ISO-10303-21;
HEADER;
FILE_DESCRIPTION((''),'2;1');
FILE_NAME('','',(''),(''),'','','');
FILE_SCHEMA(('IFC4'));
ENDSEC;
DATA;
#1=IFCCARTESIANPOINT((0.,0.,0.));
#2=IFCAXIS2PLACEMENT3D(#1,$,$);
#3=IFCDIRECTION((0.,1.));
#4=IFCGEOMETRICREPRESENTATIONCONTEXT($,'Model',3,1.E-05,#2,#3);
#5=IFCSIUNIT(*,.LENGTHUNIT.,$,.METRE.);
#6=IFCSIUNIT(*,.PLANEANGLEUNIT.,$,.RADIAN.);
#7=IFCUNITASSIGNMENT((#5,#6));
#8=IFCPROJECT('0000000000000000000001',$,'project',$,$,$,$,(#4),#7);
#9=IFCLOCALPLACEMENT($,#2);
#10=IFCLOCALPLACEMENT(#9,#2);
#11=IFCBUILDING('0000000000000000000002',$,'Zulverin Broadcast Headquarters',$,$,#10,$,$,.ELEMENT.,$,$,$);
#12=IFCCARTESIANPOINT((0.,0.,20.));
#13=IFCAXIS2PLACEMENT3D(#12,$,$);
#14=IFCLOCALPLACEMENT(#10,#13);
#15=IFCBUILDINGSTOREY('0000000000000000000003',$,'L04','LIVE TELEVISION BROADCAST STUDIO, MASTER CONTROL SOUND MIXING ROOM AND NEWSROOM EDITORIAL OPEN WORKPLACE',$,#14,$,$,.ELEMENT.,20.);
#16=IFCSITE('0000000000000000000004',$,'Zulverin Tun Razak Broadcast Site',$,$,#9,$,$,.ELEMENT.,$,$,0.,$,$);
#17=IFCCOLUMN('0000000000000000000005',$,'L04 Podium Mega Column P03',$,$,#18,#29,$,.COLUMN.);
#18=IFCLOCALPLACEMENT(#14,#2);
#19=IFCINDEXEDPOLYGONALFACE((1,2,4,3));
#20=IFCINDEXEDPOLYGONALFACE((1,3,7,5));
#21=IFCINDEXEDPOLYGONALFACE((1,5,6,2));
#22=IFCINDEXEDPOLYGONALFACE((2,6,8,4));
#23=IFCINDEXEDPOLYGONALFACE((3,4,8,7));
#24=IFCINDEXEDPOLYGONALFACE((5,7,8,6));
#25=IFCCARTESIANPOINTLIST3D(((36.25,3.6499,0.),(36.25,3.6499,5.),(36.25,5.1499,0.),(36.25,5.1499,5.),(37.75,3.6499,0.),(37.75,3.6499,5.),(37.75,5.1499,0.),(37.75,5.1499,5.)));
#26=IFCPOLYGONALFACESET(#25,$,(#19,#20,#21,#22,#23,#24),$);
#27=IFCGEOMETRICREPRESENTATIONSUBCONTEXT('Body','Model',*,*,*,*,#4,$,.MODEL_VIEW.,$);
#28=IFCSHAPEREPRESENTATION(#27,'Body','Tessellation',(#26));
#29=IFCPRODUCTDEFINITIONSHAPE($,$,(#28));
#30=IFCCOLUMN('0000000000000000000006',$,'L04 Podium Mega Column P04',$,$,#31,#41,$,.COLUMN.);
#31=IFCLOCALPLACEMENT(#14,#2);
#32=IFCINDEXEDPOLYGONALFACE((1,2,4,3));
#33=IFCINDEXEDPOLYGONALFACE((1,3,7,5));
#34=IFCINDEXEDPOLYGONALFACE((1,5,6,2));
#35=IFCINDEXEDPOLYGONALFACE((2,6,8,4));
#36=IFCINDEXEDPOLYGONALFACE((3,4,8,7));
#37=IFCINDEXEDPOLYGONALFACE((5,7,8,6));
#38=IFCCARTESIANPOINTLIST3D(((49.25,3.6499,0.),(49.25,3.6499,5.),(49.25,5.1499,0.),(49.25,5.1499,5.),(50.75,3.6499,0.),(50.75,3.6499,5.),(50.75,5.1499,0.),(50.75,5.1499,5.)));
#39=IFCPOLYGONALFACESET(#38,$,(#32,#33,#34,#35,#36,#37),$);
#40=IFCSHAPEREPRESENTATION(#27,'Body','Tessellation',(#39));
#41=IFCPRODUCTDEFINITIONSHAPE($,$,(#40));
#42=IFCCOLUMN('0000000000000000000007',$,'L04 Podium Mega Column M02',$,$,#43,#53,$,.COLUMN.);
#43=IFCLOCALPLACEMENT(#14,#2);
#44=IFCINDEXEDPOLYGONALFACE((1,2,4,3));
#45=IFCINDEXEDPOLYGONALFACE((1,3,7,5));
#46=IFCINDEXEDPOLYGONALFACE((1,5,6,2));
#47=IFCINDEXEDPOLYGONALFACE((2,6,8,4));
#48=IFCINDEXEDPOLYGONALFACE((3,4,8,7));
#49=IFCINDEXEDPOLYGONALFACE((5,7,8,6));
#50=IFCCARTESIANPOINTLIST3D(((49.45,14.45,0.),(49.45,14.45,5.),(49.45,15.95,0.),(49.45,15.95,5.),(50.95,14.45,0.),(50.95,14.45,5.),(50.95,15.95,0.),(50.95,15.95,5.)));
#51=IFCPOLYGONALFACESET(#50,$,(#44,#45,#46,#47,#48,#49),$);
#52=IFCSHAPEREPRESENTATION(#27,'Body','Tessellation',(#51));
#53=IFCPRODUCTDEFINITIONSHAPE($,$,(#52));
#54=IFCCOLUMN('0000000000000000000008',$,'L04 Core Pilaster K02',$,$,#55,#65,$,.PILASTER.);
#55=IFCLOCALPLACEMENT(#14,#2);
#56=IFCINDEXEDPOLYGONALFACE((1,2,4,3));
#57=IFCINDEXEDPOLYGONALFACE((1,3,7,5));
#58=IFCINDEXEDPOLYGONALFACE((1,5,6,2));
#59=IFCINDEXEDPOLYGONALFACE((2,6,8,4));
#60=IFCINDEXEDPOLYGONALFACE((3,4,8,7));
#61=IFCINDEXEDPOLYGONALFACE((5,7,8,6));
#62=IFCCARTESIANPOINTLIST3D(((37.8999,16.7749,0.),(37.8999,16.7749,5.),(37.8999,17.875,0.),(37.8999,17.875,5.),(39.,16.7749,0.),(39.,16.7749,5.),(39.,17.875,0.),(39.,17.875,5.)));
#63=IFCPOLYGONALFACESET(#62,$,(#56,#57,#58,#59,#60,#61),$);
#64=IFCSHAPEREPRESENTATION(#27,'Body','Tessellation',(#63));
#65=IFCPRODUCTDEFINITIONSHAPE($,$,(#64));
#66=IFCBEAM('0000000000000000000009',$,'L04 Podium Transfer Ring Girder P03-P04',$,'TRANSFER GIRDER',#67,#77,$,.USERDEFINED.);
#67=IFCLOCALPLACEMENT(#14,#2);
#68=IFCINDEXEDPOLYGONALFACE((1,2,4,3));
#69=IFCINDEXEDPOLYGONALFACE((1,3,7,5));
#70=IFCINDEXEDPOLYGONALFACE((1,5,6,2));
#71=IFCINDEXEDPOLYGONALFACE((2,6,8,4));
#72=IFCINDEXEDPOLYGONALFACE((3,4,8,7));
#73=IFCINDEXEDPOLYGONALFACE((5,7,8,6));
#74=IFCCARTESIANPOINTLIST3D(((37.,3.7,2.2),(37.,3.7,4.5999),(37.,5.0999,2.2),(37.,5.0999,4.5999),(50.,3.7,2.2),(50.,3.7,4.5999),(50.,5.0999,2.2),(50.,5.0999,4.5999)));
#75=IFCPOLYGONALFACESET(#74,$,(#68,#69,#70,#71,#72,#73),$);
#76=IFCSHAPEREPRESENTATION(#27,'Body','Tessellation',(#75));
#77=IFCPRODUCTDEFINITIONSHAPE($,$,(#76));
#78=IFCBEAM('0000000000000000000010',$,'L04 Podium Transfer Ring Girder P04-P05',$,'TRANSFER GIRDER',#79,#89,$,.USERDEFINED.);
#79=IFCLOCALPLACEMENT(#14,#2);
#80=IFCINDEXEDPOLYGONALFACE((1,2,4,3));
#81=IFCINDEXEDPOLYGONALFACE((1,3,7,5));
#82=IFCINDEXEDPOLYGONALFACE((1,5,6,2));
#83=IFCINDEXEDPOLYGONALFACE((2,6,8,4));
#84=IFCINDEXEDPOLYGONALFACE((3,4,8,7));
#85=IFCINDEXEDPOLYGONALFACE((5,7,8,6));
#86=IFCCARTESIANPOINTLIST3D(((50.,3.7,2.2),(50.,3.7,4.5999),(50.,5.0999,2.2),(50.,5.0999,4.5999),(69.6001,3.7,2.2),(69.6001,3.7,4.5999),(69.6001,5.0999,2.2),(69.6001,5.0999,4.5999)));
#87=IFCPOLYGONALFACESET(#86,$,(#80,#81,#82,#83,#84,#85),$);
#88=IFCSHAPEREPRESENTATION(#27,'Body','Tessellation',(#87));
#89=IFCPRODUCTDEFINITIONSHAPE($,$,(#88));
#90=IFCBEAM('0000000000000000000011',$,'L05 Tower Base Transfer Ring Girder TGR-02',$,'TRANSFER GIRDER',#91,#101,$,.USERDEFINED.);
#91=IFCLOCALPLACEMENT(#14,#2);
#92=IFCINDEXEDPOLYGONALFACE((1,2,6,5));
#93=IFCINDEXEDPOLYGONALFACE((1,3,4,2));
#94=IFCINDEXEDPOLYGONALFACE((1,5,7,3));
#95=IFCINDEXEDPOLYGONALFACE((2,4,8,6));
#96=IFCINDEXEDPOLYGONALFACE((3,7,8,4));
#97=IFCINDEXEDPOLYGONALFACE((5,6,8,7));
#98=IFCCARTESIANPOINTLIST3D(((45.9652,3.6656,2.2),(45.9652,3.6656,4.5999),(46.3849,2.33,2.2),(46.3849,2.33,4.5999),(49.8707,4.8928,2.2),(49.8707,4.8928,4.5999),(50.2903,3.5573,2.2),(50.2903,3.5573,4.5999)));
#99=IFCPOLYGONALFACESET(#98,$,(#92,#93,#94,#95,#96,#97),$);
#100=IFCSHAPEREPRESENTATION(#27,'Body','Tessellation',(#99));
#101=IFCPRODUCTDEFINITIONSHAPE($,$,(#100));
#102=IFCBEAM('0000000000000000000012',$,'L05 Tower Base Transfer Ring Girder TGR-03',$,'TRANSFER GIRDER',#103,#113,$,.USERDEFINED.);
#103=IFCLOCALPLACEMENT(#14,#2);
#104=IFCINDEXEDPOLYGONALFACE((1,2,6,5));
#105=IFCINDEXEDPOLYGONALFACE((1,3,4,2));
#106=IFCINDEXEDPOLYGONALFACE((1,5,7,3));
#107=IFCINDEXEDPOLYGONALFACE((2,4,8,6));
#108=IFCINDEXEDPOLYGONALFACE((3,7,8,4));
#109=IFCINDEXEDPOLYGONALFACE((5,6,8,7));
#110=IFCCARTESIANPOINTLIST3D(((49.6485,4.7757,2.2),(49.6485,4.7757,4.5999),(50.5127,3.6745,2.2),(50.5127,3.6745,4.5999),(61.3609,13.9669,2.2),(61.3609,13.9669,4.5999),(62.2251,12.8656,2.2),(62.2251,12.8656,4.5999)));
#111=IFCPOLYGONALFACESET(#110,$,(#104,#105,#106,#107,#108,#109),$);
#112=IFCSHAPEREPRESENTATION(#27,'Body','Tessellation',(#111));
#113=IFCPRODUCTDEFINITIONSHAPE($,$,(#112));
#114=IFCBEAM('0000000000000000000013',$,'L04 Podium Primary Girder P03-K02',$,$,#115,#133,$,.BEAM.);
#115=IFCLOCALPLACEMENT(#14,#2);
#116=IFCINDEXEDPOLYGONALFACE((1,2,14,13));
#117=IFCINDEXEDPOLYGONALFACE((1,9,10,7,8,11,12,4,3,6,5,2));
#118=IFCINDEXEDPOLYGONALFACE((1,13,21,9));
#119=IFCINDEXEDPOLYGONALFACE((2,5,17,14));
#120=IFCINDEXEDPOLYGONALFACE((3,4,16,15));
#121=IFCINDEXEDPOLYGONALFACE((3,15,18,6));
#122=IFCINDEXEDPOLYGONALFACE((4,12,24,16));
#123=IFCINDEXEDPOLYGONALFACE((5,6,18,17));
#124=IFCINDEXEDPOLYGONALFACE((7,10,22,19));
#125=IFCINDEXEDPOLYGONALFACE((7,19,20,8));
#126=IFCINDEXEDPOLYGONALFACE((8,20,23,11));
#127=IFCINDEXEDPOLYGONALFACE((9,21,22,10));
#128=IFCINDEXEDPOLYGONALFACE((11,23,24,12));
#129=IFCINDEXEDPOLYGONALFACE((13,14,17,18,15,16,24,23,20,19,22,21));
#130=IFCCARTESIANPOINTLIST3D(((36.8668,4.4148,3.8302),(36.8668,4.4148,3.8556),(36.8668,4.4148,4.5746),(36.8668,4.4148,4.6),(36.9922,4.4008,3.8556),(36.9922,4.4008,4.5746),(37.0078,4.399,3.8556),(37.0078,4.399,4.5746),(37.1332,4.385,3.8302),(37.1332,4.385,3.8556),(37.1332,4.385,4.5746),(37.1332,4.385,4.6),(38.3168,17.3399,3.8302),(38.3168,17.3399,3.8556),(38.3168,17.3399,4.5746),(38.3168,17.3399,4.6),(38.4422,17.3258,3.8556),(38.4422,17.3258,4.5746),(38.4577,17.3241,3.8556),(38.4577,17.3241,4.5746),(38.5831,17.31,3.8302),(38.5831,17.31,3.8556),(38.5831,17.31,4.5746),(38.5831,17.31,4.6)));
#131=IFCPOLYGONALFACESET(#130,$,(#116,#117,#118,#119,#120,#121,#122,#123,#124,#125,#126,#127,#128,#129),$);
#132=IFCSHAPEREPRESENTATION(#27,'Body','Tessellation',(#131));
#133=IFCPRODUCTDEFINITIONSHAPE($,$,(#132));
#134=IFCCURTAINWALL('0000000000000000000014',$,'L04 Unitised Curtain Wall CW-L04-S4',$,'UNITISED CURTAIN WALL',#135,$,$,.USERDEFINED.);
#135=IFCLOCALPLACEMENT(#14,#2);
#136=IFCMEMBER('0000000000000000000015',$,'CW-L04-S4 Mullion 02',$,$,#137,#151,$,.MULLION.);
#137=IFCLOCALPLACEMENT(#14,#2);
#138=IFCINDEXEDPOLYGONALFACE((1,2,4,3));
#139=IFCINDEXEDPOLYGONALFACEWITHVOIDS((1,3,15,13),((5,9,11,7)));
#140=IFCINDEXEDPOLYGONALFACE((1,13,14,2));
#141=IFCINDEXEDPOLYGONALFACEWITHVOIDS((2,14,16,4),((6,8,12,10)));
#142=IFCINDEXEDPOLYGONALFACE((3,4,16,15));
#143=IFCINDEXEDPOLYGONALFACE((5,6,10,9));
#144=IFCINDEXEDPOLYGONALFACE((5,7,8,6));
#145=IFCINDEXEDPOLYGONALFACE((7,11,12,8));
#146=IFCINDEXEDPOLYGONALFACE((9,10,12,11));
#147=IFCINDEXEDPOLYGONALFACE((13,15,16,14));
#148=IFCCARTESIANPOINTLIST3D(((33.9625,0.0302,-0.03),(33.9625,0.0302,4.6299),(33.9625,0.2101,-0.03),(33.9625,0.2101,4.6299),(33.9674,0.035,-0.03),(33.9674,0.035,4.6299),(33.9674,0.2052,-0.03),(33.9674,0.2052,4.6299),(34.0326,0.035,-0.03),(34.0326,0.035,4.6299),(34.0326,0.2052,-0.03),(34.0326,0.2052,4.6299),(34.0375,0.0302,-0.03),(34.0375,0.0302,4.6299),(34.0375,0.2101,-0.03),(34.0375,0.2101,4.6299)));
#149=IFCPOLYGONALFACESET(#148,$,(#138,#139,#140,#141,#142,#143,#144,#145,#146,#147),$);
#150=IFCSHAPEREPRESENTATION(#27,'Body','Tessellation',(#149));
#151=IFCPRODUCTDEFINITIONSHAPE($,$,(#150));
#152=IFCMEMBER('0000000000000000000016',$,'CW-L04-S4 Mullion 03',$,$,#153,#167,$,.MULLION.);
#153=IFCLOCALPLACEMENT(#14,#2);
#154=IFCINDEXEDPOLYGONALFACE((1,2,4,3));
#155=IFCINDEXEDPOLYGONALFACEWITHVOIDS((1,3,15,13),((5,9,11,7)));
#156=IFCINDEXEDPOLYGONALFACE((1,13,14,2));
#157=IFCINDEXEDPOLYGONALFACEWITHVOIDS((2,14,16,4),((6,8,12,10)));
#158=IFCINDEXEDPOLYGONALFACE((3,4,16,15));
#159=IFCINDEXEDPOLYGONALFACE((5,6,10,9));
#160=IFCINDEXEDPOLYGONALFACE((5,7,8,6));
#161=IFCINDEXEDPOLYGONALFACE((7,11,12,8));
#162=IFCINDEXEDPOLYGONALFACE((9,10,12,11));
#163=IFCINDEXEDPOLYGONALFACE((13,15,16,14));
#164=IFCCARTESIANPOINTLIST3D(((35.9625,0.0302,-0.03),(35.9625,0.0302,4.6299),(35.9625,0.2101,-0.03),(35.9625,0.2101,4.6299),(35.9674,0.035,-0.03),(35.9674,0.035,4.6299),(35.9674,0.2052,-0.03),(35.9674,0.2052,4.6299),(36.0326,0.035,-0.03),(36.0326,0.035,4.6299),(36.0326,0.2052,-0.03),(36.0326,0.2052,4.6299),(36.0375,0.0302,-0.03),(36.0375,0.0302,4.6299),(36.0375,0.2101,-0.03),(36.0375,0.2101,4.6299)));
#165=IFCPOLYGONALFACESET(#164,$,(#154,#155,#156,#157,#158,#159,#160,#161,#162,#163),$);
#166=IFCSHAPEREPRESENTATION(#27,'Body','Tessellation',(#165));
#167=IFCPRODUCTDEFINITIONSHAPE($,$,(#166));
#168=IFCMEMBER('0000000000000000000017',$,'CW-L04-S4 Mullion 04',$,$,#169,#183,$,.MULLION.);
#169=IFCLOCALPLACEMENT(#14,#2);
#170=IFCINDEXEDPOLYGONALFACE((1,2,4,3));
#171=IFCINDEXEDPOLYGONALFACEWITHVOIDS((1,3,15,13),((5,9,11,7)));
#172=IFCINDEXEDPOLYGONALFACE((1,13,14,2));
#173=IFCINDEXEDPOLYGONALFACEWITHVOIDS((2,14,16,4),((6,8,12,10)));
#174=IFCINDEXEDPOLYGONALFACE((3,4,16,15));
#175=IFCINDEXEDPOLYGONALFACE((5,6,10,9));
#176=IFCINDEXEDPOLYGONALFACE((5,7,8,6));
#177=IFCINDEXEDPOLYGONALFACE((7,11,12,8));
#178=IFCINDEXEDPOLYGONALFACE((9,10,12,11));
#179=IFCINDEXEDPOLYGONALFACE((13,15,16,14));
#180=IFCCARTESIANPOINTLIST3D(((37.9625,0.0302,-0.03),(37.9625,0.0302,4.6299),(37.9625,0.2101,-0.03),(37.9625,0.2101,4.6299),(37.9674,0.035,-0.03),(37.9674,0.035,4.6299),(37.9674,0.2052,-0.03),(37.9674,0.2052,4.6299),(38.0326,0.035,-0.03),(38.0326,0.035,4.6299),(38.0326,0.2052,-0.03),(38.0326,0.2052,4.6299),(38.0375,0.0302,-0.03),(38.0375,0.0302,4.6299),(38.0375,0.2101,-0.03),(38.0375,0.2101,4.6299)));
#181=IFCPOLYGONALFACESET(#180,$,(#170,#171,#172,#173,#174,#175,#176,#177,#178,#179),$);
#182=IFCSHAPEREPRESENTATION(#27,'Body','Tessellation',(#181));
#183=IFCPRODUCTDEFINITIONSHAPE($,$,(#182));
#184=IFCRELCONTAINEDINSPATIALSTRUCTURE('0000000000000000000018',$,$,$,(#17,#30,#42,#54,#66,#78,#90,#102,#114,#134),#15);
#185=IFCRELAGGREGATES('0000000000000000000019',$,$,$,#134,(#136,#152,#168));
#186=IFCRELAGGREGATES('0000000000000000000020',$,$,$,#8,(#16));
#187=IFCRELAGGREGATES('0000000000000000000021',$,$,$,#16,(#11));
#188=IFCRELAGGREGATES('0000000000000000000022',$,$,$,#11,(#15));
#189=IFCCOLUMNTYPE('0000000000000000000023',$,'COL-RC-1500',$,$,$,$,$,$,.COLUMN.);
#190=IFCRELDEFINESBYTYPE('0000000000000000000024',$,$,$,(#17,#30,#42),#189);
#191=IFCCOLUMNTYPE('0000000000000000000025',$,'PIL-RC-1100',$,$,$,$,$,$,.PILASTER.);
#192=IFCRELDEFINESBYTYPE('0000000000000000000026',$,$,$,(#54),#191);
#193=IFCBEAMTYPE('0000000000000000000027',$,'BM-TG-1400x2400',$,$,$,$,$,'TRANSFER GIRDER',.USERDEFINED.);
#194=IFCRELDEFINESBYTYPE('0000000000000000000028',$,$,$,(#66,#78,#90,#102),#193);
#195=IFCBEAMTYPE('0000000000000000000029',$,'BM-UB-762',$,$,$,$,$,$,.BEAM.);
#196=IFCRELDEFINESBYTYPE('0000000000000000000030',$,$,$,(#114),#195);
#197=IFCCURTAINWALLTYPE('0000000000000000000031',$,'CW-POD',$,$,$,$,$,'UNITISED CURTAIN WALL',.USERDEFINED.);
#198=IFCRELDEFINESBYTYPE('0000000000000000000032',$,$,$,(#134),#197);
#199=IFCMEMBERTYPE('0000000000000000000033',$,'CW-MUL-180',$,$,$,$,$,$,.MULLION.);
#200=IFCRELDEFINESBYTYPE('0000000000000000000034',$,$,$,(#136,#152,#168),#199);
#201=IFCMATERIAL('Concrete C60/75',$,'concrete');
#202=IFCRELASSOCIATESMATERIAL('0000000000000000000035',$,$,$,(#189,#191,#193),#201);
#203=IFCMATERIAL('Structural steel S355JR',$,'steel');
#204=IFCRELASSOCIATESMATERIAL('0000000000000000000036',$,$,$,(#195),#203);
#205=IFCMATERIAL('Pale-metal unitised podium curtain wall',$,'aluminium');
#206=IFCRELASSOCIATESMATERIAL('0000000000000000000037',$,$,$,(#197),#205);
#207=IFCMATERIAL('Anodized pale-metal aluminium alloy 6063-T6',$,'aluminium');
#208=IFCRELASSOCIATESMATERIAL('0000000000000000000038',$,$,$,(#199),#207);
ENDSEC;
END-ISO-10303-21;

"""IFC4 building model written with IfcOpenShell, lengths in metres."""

from ifc_helpers import new_model, si_unit, direction, frame, origin, origin_2d, place, context, subcontext, project, spatial, rectangle, hollow_rectangle, i_section, extrude, material, material_profile, profile_set, type_object, element, aggregate, save


model = new_model("IFC4")

# Units and contexts
model_context = context("Model", 3, precision=1e-05, world=origin(), true_north=direction((0.0, 1.0)))
body_context = subcontext(model_context, "Body", "Model", "MODEL_VIEW")
ifc_project = project(units=[si_unit("LENGTHUNIT", "METRE"), si_unit("PLANEANGLEUNIT", "RADIAN")], contexts=[model_context])

# Site, building, storey
site_placement = place(None, origin())
site = spatial("IfcSite", under=ifc_project, at=site_placement, Name="Zulverin Tun Razak Broadcast Site", CompositionType="ELEMENT", RefElevation=0.0)
building_placement = place(site_placement, origin())
building = spatial("IfcBuilding", under=site, at=building_placement, Name="Zulverin Broadcast Headquarters", CompositionType="ELEMENT")
storey_placement = place(building_placement, frame((0.0, 0.0, 20.0)))
storey = spatial("IfcBuildingStorey", under=building, at=storey_placement, Name="L04", Description="LIVE TELEVISION BROADCAST STUDIO, MASTER CONTROL SOUND MIXING ROOM AND NEWSROOM EDITORIAL OPEN WORKPLACE", CompositionType="ELEMENT", Elevation=20.0)

# Columns
ifc_material_1 = material(Name="Concrete C60/75", Category="concrete")
ifc_material_profile_1 = material_profile(ifc_material_1, rectangle(XDim=1.5, YDim=1.5, at=origin_2d()), Name="Concrete C60/75", Category="concrete")
ifc_profile_set_1 = profile_set([ifc_material_profile_1], Name="Concrete C60/75")
column_type_1 = type_object("IfcColumnType", Name="COL-RC-1500", PredefinedType="COLUMN", material=ifc_profile_set_1)
for number, where, z_axis, x_axis, name in (
    (1, (37.0, 4.3999, 0.0), (0.0, 0.0, 1.0), (1.0, 0.0, 0.0), "L04 Podium Mega Column P03"),
    (2, (50.0, 4.3999, 0.0), (0.0, 0.0, 1.0), (1.0, 0.0, 0.0), "L04 Podium Mega Column P04"),
    (3, (50.2, 15.2, 0.0), (0.0, 0.0, 1.0), (1.0, 0.0, 0.0), "L04 Podium Mega Column M02"),
):
    element("IfcColumn", number, at=place(storey_placement, frame(where, z_axis=z_axis, x_axis=x_axis)), inside=storey, type_object=column_type_1, Name=name, PredefinedType="COLUMN", context=body_context, shape_type="SweptSolid", body=[
        extrude(rectangle(XDim=1.5, YDim=1.5, at=origin_2d()), origin(), (0.0, 0.0, 1.0), 5.0),
    ])
ifc_material_profile_2 = material_profile(ifc_material_1, rectangle(XDim=1.1001, YDim=1.1001, at=origin_2d()), Name="Concrete C60/75", Category="concrete")
ifc_profile_set_2 = profile_set([ifc_material_profile_2], Name="Concrete C60/75")
column_type_2 = type_object("IfcColumnType", Name="PIL-RC-1100", PredefinedType="PILASTER", material=ifc_profile_set_2)
column_placement = place(storey_placement, frame((38.45, 17.325, 0.0), z_axis=(0.0, 0.0, 1.0), x_axis=(1.0, 0.0, 0.0)))
element("IfcColumn", 4, at=column_placement, inside=storey, type_object=column_type_2, Name="L04 Core Pilaster K02", PredefinedType="PILASTER", context=body_context, shape_type="SweptSolid", body=[
    extrude(rectangle(XDim=1.1001, YDim=1.1001, at=origin_2d()), origin(), (0.0, 0.0, 1.0), 5.0),
])

# Beams
ifc_material_profile_3 = material_profile(ifc_material_1, rectangle(XDim=1.3999, YDim=2.3999, at=origin_2d()), Name="Concrete C60/75", Category="concrete")
ifc_profile_set_3 = profile_set([ifc_material_profile_3], Name="Concrete C60/75")
beam_type_1 = type_object("IfcBeamType", Name="BM-TG-1400x2400", ElementType="TRANSFER GIRDER", PredefinedType="USERDEFINED", material=ifc_profile_set_3)
beam_1_placement = place(storey_placement, frame((37.0, 4.3999, 3.3999), z_axis=(1.0, 0.0, 0.0), x_axis=(0.0, 1.0, 0.0)))
element("IfcBeam", 5, at=beam_1_placement, inside=storey, type_object=beam_type_1, Name="L04 Podium Transfer Ring Girder P03-P04", ObjectType="TRANSFER GIRDER", PredefinedType="USERDEFINED", context=body_context, shape_type="SweptSolid", body=[
    extrude(rectangle(XDim=1.3999, YDim=2.3999, at=origin_2d()), origin(), (0.0, 0.0, 1.0), 13.0),
])
beam_2_placement = place(storey_placement, frame((50.0, 4.3999, 3.3999), z_axis=(1.0, 0.0, 0.0), x_axis=(0.0, 1.0, 0.0)))
element("IfcBeam", 6, at=beam_2_placement, inside=storey, type_object=beam_type_1, Name="L04 Podium Transfer Ring Girder P04-P05", ObjectType="TRANSFER GIRDER", PredefinedType="USERDEFINED", context=body_context, shape_type="SweptSolid", body=[
    extrude(rectangle(XDim=1.3999, YDim=2.3999, at=origin_2d()), origin(), (0.0, 0.0, 1.0), 19.6001),
])
beam_3_placement = place(storey_placement, frame((46.175, 2.9978, 3.3999), z_axis=(0.954004, 0.299792, 0.0), x_axis=(-0.299792, 0.954004, 0.0)))
element("IfcBeam", 7, at=beam_3_placement, inside=storey, type_object=beam_type_1, Name="L05 Tower Base Transfer Ring Girder TGR-02", ObjectType="TRANSFER GIRDER", PredefinedType="USERDEFINED", context=body_context, shape_type="SweptSolid", body=[
    extrude(rectangle(XDim=1.3999, YDim=2.3999, at=origin_2d()), origin(), (0.0, 0.0, 1.0), 4.0938),
])
beam_4_placement = place(storey_placement, frame((50.0806, 4.2251, 3.3999), z_axis=(0.786691, 0.617346, 0.0), x_axis=(-0.617346, 0.786691, 0.0)))
element("IfcBeam", 8, at=beam_4_placement, inside=storey, type_object=beam_type_1, Name="L05 Tower Base Transfer Ring Girder TGR-03", ObjectType="TRANSFER GIRDER", PredefinedType="USERDEFINED", context=body_context, shape_type="SweptSolid", body=[
    extrude(rectangle(XDim=1.3999, YDim=2.3999, at=origin_2d()), origin(), (0.0, 0.0, 1.0), 14.8882),
])
ifc_material_2 = material(Name="Structural steel S355JR", Category="steel")
ifc_material_profile_4 = material_profile(ifc_material_2, i_section(OverallWidth=0.2681, OverallDepth=0.7698, WebThickness=0.0156, FlangeThickness=0.0254, at=origin_2d()), Name="Structural steel S355JR", Category="steel")
ifc_profile_set_4 = profile_set([ifc_material_profile_4], Name="Structural steel S355JR")
beam_type_2 = type_object("IfcBeamType", Name="BM-UB-762", PredefinedType="BEAM", material=ifc_profile_set_4)
beam_5_placement = place(storey_placement, frame((37.0, 4.3999, 4.2151), z_axis=(0.111482, 0.993766, 0.0), x_axis=(-0.993766, 0.111482, 0.0)))
element("IfcBeam", 9, at=beam_5_placement, inside=storey, type_object=beam_type_2, Name="L04 Podium Primary Girder P03-K02", PredefinedType="BEAM", context=body_context, shape_type="SweptSolid", body=[
    extrude(i_section(OverallWidth=0.2681, OverallDepth=0.7698, WebThickness=0.0156, FlangeThickness=0.0254, at=origin_2d()), origin(), (0.0, 0.0, 1.0), 13.0061),
])

# Curtain wall, members
ifc_material_3 = material(Name="Pale-metal unitised podium curtain wall", Category="aluminium")
curtain_wall_type = type_object("IfcCurtainWallType", Name="CW-POD", ElementType="UNITISED CURTAIN WALL", PredefinedType="USERDEFINED", material=ifc_material_3)
curtain_wall_placement = place(storey_placement, origin())
curtain_wall = element("IfcCurtainWall", 10, at=curtain_wall_placement, inside=storey, type_object=curtain_wall_type, Name="L04 Unitised Curtain Wall CW-L04-S4", ObjectType="UNITISED CURTAIN WALL", PredefinedType="USERDEFINED")
ifc_material_4 = material(Name="Anodized pale-metal aluminium alloy 6063-T6", Category="aluminium")
ifc_material_profile_5 = material_profile(ifc_material_4, hollow_rectangle(XDim=0.075, YDim=0.1799, WallThickness=0.0049, at=origin_2d()), Name="Anodized pale-metal aluminium alloy 6063-T6", Category="aluminium")
ifc_profile_set_5 = profile_set([ifc_material_profile_5], Name="Anodized pale-metal aluminium alloy 6063-T6")
member_type = type_object("IfcMemberType", Name="CW-MUL-180", PredefinedType="MULLION", material=ifc_profile_set_5)
member_1_placement = place(storey_placement, frame((34.0, 0.1201, -0.03), z_axis=(0.0, 0.0, 1.0), x_axis=(1.0, 0.0, 0.0)))
member_1 = element("IfcMember", 11, at=member_1_placement, type_object=member_type, Name="CW-L04-S4 Mullion 02", PredefinedType="MULLION", context=body_context, shape_type="SweptSolid", body=[
    extrude(hollow_rectangle(XDim=0.075, YDim=0.1799, WallThickness=0.0049, at=origin_2d()), origin(), (0.0, 0.0, 1.0), 4.6599),
])
member_2_placement = place(storey_placement, frame((36.0, 0.1201, -0.03), z_axis=(0.0, 0.0, 1.0), x_axis=(1.0, 0.0, 0.0)))
member_2 = element("IfcMember", 12, at=member_2_placement, type_object=member_type, Name="CW-L04-S4 Mullion 03", PredefinedType="MULLION", context=body_context, shape_type="SweptSolid", body=[
    extrude(hollow_rectangle(XDim=0.075, YDim=0.1799, WallThickness=0.0049, at=origin_2d()), origin(), (0.0, 0.0, 1.0), 4.6599),
])
member_3_placement = place(storey_placement, frame((38.0, 0.1201, -0.03), z_axis=(0.0, 0.0, 1.0), x_axis=(1.0, 0.0, 0.0)))
member_3 = element("IfcMember", 13, at=member_3_placement, type_object=member_type, Name="CW-L04-S4 Mullion 04", PredefinedType="MULLION", context=body_context, shape_type="SweptSolid", body=[
    extrude(hollow_rectangle(XDim=0.075, YDim=0.1799, WallThickness=0.0049, at=origin_2d()), origin(), (0.0, 0.0, 1.0), 4.6599),
])
aggregate(curtain_wall, [member_1, member_2, member_3])

save(model, "model.ifc")
